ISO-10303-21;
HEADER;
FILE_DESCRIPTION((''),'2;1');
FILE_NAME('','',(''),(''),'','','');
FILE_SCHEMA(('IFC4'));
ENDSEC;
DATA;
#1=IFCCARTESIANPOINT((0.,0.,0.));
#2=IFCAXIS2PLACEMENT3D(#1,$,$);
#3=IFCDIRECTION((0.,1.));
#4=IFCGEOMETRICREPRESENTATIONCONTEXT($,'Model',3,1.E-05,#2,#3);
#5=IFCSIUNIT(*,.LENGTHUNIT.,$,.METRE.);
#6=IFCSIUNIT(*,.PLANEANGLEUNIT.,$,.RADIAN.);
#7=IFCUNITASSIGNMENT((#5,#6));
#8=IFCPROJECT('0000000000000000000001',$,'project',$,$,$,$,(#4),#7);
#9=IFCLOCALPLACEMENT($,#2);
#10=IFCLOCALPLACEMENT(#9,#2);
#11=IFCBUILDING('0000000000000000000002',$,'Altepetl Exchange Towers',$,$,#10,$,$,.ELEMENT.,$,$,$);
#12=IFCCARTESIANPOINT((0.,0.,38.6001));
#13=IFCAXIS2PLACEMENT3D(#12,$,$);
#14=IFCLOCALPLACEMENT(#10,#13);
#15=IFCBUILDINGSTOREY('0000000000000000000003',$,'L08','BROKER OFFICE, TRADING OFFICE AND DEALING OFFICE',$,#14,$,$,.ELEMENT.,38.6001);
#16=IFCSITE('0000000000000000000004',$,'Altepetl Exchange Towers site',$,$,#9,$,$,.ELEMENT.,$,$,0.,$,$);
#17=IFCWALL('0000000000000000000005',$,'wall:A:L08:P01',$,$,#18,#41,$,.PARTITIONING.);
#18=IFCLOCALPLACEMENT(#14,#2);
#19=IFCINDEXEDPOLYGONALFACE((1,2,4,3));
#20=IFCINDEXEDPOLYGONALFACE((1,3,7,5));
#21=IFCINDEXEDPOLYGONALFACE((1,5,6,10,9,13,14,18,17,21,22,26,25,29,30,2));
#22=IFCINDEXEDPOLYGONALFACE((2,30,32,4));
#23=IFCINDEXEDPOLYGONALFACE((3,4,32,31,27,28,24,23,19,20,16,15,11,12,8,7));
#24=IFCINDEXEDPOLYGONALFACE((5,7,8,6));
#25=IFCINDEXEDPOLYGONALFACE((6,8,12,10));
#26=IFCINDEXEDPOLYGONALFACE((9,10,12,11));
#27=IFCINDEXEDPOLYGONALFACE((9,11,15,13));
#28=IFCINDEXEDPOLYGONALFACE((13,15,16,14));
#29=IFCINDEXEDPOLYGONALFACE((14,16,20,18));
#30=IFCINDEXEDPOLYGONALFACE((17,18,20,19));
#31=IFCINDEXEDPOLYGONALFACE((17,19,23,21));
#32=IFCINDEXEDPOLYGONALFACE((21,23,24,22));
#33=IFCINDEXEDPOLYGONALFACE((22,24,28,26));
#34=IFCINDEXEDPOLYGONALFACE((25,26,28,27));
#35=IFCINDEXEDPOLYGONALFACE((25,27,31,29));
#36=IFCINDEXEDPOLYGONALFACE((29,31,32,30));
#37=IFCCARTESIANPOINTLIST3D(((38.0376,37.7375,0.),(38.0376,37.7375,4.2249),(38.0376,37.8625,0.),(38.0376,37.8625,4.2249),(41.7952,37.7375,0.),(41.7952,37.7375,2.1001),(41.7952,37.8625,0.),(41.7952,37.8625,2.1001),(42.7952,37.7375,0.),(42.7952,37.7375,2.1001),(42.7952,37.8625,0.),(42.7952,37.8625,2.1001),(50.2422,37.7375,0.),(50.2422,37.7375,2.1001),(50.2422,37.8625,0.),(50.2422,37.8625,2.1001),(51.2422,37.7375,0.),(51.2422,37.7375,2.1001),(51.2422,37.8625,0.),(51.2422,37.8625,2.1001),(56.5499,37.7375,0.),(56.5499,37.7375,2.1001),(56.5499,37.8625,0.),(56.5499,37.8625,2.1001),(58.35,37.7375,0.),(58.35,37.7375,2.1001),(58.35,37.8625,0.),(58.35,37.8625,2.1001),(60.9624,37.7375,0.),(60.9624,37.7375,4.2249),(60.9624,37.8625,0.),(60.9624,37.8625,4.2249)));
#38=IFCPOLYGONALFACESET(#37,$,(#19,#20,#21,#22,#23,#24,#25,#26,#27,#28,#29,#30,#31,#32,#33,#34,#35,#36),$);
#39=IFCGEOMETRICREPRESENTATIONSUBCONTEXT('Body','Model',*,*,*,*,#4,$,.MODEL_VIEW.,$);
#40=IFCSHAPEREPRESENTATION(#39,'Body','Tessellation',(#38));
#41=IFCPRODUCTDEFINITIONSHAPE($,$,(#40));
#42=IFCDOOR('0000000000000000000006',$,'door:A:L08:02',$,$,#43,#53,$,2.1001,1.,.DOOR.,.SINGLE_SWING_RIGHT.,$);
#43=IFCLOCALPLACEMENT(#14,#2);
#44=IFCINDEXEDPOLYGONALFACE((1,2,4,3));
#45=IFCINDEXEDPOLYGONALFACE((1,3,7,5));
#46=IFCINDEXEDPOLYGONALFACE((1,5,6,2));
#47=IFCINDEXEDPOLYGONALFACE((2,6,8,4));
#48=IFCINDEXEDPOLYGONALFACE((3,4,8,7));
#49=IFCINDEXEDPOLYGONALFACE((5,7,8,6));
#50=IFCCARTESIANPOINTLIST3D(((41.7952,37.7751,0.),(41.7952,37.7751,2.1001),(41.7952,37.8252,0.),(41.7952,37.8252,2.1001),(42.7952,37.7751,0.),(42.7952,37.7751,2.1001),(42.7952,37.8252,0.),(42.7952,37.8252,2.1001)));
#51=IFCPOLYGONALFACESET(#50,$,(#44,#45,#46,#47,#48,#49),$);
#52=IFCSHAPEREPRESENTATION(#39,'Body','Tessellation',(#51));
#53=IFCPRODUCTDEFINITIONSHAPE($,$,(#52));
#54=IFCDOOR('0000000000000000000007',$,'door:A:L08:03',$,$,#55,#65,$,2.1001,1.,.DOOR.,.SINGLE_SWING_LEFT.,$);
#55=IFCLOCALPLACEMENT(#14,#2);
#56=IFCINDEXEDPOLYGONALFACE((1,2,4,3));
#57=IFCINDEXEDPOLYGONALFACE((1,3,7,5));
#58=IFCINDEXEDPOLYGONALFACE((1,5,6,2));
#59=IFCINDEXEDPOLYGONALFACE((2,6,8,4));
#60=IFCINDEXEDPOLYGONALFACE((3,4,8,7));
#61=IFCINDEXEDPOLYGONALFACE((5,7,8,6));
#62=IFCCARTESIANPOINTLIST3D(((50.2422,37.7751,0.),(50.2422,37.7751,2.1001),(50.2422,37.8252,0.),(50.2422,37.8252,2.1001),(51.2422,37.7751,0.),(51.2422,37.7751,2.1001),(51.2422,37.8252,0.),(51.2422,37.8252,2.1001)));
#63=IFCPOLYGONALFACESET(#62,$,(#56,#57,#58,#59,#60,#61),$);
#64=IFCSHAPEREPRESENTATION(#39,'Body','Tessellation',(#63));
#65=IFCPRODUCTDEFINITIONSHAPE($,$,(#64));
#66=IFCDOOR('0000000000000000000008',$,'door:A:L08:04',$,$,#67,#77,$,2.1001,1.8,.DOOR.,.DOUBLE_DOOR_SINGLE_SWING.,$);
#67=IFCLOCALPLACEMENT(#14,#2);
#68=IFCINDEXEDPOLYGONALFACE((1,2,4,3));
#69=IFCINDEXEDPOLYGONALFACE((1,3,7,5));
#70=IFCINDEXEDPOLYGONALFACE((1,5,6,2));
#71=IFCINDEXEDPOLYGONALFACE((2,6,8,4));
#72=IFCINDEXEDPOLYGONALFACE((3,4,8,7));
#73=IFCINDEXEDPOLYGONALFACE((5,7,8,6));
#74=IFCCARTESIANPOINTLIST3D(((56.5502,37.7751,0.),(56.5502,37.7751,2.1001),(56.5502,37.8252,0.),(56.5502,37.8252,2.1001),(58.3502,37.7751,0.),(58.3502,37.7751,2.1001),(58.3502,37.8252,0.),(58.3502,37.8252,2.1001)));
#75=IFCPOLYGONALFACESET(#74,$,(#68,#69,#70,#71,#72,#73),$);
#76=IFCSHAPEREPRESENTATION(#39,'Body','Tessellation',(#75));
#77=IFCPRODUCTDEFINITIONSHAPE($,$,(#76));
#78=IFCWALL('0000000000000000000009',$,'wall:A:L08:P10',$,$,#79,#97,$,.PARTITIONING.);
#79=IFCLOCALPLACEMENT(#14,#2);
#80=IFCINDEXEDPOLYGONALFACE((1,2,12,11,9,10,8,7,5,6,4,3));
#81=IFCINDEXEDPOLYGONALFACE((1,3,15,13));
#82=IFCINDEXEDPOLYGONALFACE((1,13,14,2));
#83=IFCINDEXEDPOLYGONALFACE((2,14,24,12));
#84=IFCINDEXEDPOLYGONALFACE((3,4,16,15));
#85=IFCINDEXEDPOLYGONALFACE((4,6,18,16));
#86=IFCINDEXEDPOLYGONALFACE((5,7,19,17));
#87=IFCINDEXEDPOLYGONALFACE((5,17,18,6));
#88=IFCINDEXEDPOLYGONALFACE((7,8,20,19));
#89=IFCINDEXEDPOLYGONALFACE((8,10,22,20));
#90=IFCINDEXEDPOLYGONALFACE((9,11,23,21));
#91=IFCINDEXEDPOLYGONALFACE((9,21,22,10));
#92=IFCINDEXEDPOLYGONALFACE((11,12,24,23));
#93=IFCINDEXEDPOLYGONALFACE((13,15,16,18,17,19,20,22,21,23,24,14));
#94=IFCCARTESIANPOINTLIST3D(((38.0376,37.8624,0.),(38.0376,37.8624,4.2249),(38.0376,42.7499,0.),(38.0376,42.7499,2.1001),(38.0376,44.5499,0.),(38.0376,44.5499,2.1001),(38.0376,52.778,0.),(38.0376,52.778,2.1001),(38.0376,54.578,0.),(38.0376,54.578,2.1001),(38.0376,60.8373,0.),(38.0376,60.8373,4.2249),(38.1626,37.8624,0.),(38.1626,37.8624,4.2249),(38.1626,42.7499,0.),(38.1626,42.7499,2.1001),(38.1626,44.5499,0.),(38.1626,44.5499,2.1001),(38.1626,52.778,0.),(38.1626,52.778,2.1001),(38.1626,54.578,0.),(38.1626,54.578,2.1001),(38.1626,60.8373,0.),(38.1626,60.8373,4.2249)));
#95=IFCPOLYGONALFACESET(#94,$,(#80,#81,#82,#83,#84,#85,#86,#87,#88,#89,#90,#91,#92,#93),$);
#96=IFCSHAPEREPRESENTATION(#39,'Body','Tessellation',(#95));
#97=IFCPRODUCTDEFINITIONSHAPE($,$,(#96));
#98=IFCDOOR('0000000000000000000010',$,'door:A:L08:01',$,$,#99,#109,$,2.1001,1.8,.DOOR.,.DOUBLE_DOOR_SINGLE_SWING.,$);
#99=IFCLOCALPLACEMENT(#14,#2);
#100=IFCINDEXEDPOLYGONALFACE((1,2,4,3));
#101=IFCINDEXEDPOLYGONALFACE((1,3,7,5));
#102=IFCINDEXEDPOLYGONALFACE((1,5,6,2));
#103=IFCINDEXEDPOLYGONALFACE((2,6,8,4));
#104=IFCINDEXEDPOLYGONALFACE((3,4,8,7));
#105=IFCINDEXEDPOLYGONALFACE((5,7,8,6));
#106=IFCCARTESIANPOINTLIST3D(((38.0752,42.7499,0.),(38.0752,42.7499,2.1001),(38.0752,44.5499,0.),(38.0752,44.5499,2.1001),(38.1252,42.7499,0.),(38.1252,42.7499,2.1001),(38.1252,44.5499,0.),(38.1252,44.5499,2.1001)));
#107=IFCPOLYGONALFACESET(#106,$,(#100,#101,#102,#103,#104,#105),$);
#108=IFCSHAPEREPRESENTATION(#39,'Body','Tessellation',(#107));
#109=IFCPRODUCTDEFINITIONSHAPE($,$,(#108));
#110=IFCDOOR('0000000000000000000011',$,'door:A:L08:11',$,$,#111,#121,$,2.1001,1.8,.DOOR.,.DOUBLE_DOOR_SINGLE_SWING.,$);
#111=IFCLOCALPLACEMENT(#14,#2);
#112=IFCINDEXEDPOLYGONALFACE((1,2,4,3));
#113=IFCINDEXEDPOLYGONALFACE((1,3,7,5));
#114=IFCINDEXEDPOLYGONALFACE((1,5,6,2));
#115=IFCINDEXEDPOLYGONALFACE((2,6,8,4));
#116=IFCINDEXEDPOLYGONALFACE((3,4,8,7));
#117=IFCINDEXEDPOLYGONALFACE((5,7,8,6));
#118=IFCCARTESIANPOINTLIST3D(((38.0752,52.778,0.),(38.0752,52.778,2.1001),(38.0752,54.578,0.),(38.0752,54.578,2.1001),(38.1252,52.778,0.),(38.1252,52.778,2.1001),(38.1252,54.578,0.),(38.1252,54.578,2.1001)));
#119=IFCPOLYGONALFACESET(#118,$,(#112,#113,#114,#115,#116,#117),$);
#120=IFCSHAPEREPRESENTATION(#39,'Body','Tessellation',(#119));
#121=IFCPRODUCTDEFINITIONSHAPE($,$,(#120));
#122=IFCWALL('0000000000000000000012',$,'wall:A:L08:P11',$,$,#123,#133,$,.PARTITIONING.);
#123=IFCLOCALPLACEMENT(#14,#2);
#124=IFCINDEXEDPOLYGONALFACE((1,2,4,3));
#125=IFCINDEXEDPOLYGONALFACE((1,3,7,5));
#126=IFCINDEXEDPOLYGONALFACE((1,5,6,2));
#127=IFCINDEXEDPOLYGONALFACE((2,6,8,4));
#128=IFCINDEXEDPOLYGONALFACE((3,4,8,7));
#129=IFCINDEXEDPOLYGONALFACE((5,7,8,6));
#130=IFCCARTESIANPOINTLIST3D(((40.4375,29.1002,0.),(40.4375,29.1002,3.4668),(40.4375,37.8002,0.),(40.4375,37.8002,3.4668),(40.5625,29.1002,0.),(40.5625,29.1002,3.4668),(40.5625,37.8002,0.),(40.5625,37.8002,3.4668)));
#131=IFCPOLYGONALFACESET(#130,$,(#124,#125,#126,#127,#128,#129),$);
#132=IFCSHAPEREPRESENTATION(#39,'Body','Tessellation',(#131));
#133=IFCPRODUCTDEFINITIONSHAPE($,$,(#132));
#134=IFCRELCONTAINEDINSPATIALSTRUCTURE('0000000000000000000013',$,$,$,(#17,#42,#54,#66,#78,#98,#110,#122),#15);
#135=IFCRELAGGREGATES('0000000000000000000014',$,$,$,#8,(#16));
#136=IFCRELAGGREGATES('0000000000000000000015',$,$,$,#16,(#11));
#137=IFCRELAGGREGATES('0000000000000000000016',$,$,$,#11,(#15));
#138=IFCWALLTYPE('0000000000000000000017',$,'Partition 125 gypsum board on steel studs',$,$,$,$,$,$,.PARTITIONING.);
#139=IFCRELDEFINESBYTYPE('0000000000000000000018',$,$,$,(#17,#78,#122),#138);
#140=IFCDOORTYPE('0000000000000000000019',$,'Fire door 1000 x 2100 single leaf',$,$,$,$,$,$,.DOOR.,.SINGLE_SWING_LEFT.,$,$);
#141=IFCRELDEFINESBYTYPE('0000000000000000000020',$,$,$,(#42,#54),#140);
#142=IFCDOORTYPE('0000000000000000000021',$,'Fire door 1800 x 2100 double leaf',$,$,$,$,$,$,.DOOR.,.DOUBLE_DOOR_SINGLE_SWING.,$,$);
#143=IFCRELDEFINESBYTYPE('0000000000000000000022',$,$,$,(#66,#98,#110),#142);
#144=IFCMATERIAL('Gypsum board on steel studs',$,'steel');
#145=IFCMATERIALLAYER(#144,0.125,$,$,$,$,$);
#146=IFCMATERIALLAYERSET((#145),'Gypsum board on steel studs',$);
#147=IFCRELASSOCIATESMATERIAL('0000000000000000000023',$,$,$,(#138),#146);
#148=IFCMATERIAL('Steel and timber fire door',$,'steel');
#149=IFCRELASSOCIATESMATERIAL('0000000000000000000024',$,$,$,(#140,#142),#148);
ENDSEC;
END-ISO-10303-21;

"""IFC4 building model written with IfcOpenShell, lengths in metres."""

from ifc_helpers import new_model, si_unit, direction, frame, frame_2d, origin, place, context, subcontext, project, spatial, rectangle, extrude, material, layer, layer_set, type_object, element, fill, save


model = new_model("IFC4")

# Units and contexts
model_context = context("Model", 3, precision=1e-05, world=origin(), true_north=direction((0.0, 1.0)))
body_context = subcontext(model_context, "Body", "Model", "MODEL_VIEW")
ifc_project = project(units=[si_unit("LENGTHUNIT", "METRE"), si_unit("PLANEANGLEUNIT", "RADIAN")], contexts=[model_context])

# Site, building, storey
site_placement = place(None, origin())
site = spatial("IfcSite", under=ifc_project, at=site_placement, Name="Altepetl Exchange Towers site", CompositionType="ELEMENT", RefElevation=0.0)
building_placement = place(site_placement, origin())
building = spatial("IfcBuilding", under=site, at=building_placement, Name="Altepetl Exchange Towers", CompositionType="ELEMENT")
storey_placement = place(building_placement, frame((0.0, 0.0, 38.6001)))
storey = spatial("IfcBuildingStorey", under=building, at=storey_placement, Name="L08", Description="BROKER OFFICE, TRADING OFFICE AND DEALING OFFICE", CompositionType="ELEMENT", Elevation=38.6001)

# Walls, openings, doors
ifc_material_1 = material(Name="Steel and timber fire door", Category="steel")
ifc_material_2 = material(Name="Gypsum board on steel studs", Category="steel")
ifc_layer_1 = layer(ifc_material_2, 0.125)
ifc_layer_set_1 = layer_set([ifc_layer_1], Name="Gypsum board on steel studs")
wall_type_1 = type_object("IfcWallType", Name="Partition 125 gypsum board on steel studs", PredefinedType="PARTITIONING", material=ifc_layer_set_1)
wall_1_placement = place(storey_placement, frame((38.0376, 37.8, 0.0)))
wall_1 = element("IfcWall", 1, at=wall_1_placement, inside=storey, type_object=wall_type_1, Name="wall:A:L08:P01", PredefinedType="PARTITIONING", context=body_context, shape_type="SweptSolid", body=[
    extrude(rectangle(XDim=22.9248, YDim=0.125, at=frame_2d((11.4624, 0.0))), origin(), (0.0, 0.0, 1.0), 4.2249),
])
opening_1_placement = place(wall_1_placement, frame((3.7576, 0.0, 0.0)))
opening_1 = element("IfcOpeningElement", 2, at=opening_1_placement, cuts=wall_1, PredefinedType="OPENING", context=body_context, shape_type="SweptSolid", body=[
    extrude(rectangle(XDim=1.0, YDim=2.1001, at=frame_2d((0.5, 1.05))), frame((0.0, 0.0725, 0.0), z_axis=(0.0, -1.0, 0.0), x_axis=(1.0, 0.0, 0.0)), (0.0, 0.0, 1.0), 0.145),
])
opening_2_placement = place(wall_1_placement, frame((12.2046, 0.0, 0.0)))
opening_2 = element("IfcOpeningElement", 3, at=opening_2_placement, cuts=wall_1, PredefinedType="OPENING", context=body_context, shape_type="SweptSolid", body=[
    extrude(rectangle(XDim=1.0, YDim=2.1001, at=frame_2d((0.5, 1.05))), frame((0.0, 0.0725, 0.0), z_axis=(0.0, -1.0, 0.0), x_axis=(1.0, 0.0, 0.0)), (0.0, 0.0, 1.0), 0.145),
])
opening_3_placement = place(wall_1_placement, frame((18.5125, 0.0, 0.0)))
opening_3 = element("IfcOpeningElement", 4, at=opening_3_placement, cuts=wall_1, PredefinedType="OPENING", context=body_context, shape_type="SweptSolid", body=[
    extrude(rectangle(XDim=1.8, YDim=2.1001, at=frame_2d((0.8999, 1.05))), frame((0.0, 0.0725, 0.0), z_axis=(0.0, -1.0, 0.0), x_axis=(1.0, 0.0, 0.0)), (0.0, 0.0, 1.0), 0.145),
])
door_type_1 = type_object("IfcDoorType", Name="Fire door 1000 x 2100 single leaf", OperationType="SINGLE_SWING_LEFT", PredefinedType="DOOR", material=ifc_material_1)
door_1_placement = place(opening_1_placement, frame((1.0, 0.0, 0.0), x_axis=(-1.0, 0.0, 0.0)))
door_1 = element("IfcDoor", 5, at=door_1_placement, inside=storey, type_object=door_type_1, Name="door:A:L08:02", OperationType="SINGLE_SWING_RIGHT", OverallHeight=2.1001, OverallWidth=1.0, PredefinedType="DOOR", context=body_context, shape_type="SweptSolid", body=[
    extrude(rectangle(XDim=1.0, YDim=2.1001, at=frame_2d((0.5, 1.05))), frame((0.0, 0.0249, 0.0), z_axis=(0.0, -1.0, 0.0), x_axis=(1.0, 0.0, 0.0)), (0.0, 0.0, 1.0), 0.05),
])
fill(opening_1, door_1)
door_2_placement = place(opening_2_placement, frame((1.0, 0.0, 0.0), x_axis=(-1.0, 0.0, 0.0)))
door_2 = element("IfcDoor", 6, at=door_2_placement, inside=storey, type_object=door_type_1, Name="door:A:L08:03", OperationType="SINGLE_SWING_LEFT", OverallHeight=2.1001, OverallWidth=1.0, PredefinedType="DOOR", context=body_context, shape_type="SweptSolid", body=[
    extrude(rectangle(XDim=1.0, YDim=2.1001, at=frame_2d((0.5, 1.05))), frame((0.0, 0.0249, 0.0), z_axis=(0.0, -1.0, 0.0), x_axis=(1.0, 0.0, 0.0)), (0.0, 0.0, 1.0), 0.05),
])
fill(opening_2, door_2)
door_type_2 = type_object("IfcDoorType", Name="Fire door 1800 x 2100 double leaf", OperationType="DOUBLE_DOOR_SINGLE_SWING", PredefinedType="DOOR", material=ifc_material_1)
door_3_placement = place(opening_3_placement, frame((1.8, 0.0, 0.0), x_axis=(-1.0, 0.0, 0.0)))
door_3 = element("IfcDoor", 7, at=door_3_placement, inside=storey, type_object=door_type_2, Name="door:A:L08:04", OperationType="DOUBLE_DOOR_SINGLE_SWING", OverallHeight=2.1001, OverallWidth=1.8, PredefinedType="DOOR", context=body_context, shape_type="SweptSolid", body=[
    extrude(rectangle(XDim=1.8, YDim=2.1001, at=frame_2d((0.8999, 1.05))), frame((0.0, 0.0249, 0.0), z_axis=(0.0, -1.0, 0.0), x_axis=(1.0, 0.0, 0.0)), (0.0, 0.0, 1.0), 0.05),
])
fill(opening_3, door_3)
wall_2_placement = place(storey_placement, frame((38.1001, 37.8625, 0.0), z_axis=(0.0, 0.0, 1.0), x_axis=(0.0, 1.0, 0.0)))
wall_2 = element("IfcWall", 8, at=wall_2_placement, inside=storey, type_object=wall_type_1, Name="wall:A:L08:P10", PredefinedType="PARTITIONING", context=body_context, shape_type="SweptSolid", body=[
    extrude(rectangle(XDim=22.9749, YDim=0.125, at=frame_2d((11.4873, 0.0))), origin(), (0.0, 0.0, 1.0), 4.2249),
])
opening_4_placement = place(wall_2_placement, frame((4.8875, 0.0, 0.0)))
opening_4 = element("IfcOpeningElement", 9, at=opening_4_placement, cuts=wall_2, PredefinedType="OPENING", context=body_context, shape_type="SweptSolid", body=[
    extrude(rectangle(XDim=1.8, YDim=2.1001, at=frame_2d((0.8999, 1.05))), frame((0.0, 0.0725, 0.0), z_axis=(0.0, -1.0, 0.0), x_axis=(1.0, 0.0, 0.0)), (0.0, 0.0, 1.0), 0.145),
])
opening_5_placement = place(wall_2_placement, frame((14.9155, 0.0, 0.0)))
opening_5 = element("IfcOpeningElement", 10, at=opening_5_placement, cuts=wall_2, PredefinedType="OPENING", context=body_context, shape_type="SweptSolid", body=[
    extrude(rectangle(XDim=1.8, YDim=2.1001, at=frame_2d((0.8999, 1.05))), frame((0.0, 0.0725, 0.0), z_axis=(0.0, -1.0, 0.0), x_axis=(1.0, 0.0, 0.0)), (0.0, 0.0, 1.0), 0.145),
])
door_4_placement = place(opening_4_placement, origin())
door_4 = element("IfcDoor", 11, at=door_4_placement, inside=storey, type_object=door_type_2, Name="door:A:L08:01", OperationType="DOUBLE_DOOR_SINGLE_SWING", OverallHeight=2.1001, OverallWidth=1.8, PredefinedType="DOOR", context=body_context, shape_type="SweptSolid", body=[
    extrude(rectangle(XDim=1.8, YDim=2.1001, at=frame_2d((0.8999, 1.05))), frame((0.0, 0.0249, 0.0), z_axis=(0.0, -1.0, 0.0), x_axis=(1.0, 0.0, 0.0)), (0.0, 0.0, 1.0), 0.05),
])
fill(opening_4, door_4)
door_5_placement = place(opening_5_placement, origin())
door_5 = element("IfcDoor", 12, at=door_5_placement, inside=storey, type_object=door_type_2, Name="door:A:L08:11", OperationType="DOUBLE_DOOR_SINGLE_SWING", OverallHeight=2.1001, OverallWidth=1.8, PredefinedType="DOOR", context=body_context, shape_type="SweptSolid", body=[
    extrude(rectangle(XDim=1.8, YDim=2.1001, at=frame_2d((0.8999, 1.05))), frame((0.0, 0.0249, 0.0), z_axis=(0.0, -1.0, 0.0), x_axis=(1.0, 0.0, 0.0)), (0.0, 0.0, 1.0), 0.05),
])
fill(opening_5, door_5)

# Wall
wall_3_placement = place(storey_placement, frame((40.5, 29.1001, 0.0), z_axis=(0.0, 0.0, 1.0), x_axis=(0.0, 1.0, 0.0)))
element("IfcWall", 13, at=wall_3_placement, inside=storey, type_object=wall_type_1, Name="wall:A:L08:P11", PredefinedType="PARTITIONING", context=body_context, shape_type="SweptSolid", body=[
    extrude(rectangle(XDim=8.7, YDim=0.125, at=frame_2d((4.3501, 0.0))), origin(), (0.0, 0.0, 1.0), 3.4668),
])

save(model, "model.ifc")
